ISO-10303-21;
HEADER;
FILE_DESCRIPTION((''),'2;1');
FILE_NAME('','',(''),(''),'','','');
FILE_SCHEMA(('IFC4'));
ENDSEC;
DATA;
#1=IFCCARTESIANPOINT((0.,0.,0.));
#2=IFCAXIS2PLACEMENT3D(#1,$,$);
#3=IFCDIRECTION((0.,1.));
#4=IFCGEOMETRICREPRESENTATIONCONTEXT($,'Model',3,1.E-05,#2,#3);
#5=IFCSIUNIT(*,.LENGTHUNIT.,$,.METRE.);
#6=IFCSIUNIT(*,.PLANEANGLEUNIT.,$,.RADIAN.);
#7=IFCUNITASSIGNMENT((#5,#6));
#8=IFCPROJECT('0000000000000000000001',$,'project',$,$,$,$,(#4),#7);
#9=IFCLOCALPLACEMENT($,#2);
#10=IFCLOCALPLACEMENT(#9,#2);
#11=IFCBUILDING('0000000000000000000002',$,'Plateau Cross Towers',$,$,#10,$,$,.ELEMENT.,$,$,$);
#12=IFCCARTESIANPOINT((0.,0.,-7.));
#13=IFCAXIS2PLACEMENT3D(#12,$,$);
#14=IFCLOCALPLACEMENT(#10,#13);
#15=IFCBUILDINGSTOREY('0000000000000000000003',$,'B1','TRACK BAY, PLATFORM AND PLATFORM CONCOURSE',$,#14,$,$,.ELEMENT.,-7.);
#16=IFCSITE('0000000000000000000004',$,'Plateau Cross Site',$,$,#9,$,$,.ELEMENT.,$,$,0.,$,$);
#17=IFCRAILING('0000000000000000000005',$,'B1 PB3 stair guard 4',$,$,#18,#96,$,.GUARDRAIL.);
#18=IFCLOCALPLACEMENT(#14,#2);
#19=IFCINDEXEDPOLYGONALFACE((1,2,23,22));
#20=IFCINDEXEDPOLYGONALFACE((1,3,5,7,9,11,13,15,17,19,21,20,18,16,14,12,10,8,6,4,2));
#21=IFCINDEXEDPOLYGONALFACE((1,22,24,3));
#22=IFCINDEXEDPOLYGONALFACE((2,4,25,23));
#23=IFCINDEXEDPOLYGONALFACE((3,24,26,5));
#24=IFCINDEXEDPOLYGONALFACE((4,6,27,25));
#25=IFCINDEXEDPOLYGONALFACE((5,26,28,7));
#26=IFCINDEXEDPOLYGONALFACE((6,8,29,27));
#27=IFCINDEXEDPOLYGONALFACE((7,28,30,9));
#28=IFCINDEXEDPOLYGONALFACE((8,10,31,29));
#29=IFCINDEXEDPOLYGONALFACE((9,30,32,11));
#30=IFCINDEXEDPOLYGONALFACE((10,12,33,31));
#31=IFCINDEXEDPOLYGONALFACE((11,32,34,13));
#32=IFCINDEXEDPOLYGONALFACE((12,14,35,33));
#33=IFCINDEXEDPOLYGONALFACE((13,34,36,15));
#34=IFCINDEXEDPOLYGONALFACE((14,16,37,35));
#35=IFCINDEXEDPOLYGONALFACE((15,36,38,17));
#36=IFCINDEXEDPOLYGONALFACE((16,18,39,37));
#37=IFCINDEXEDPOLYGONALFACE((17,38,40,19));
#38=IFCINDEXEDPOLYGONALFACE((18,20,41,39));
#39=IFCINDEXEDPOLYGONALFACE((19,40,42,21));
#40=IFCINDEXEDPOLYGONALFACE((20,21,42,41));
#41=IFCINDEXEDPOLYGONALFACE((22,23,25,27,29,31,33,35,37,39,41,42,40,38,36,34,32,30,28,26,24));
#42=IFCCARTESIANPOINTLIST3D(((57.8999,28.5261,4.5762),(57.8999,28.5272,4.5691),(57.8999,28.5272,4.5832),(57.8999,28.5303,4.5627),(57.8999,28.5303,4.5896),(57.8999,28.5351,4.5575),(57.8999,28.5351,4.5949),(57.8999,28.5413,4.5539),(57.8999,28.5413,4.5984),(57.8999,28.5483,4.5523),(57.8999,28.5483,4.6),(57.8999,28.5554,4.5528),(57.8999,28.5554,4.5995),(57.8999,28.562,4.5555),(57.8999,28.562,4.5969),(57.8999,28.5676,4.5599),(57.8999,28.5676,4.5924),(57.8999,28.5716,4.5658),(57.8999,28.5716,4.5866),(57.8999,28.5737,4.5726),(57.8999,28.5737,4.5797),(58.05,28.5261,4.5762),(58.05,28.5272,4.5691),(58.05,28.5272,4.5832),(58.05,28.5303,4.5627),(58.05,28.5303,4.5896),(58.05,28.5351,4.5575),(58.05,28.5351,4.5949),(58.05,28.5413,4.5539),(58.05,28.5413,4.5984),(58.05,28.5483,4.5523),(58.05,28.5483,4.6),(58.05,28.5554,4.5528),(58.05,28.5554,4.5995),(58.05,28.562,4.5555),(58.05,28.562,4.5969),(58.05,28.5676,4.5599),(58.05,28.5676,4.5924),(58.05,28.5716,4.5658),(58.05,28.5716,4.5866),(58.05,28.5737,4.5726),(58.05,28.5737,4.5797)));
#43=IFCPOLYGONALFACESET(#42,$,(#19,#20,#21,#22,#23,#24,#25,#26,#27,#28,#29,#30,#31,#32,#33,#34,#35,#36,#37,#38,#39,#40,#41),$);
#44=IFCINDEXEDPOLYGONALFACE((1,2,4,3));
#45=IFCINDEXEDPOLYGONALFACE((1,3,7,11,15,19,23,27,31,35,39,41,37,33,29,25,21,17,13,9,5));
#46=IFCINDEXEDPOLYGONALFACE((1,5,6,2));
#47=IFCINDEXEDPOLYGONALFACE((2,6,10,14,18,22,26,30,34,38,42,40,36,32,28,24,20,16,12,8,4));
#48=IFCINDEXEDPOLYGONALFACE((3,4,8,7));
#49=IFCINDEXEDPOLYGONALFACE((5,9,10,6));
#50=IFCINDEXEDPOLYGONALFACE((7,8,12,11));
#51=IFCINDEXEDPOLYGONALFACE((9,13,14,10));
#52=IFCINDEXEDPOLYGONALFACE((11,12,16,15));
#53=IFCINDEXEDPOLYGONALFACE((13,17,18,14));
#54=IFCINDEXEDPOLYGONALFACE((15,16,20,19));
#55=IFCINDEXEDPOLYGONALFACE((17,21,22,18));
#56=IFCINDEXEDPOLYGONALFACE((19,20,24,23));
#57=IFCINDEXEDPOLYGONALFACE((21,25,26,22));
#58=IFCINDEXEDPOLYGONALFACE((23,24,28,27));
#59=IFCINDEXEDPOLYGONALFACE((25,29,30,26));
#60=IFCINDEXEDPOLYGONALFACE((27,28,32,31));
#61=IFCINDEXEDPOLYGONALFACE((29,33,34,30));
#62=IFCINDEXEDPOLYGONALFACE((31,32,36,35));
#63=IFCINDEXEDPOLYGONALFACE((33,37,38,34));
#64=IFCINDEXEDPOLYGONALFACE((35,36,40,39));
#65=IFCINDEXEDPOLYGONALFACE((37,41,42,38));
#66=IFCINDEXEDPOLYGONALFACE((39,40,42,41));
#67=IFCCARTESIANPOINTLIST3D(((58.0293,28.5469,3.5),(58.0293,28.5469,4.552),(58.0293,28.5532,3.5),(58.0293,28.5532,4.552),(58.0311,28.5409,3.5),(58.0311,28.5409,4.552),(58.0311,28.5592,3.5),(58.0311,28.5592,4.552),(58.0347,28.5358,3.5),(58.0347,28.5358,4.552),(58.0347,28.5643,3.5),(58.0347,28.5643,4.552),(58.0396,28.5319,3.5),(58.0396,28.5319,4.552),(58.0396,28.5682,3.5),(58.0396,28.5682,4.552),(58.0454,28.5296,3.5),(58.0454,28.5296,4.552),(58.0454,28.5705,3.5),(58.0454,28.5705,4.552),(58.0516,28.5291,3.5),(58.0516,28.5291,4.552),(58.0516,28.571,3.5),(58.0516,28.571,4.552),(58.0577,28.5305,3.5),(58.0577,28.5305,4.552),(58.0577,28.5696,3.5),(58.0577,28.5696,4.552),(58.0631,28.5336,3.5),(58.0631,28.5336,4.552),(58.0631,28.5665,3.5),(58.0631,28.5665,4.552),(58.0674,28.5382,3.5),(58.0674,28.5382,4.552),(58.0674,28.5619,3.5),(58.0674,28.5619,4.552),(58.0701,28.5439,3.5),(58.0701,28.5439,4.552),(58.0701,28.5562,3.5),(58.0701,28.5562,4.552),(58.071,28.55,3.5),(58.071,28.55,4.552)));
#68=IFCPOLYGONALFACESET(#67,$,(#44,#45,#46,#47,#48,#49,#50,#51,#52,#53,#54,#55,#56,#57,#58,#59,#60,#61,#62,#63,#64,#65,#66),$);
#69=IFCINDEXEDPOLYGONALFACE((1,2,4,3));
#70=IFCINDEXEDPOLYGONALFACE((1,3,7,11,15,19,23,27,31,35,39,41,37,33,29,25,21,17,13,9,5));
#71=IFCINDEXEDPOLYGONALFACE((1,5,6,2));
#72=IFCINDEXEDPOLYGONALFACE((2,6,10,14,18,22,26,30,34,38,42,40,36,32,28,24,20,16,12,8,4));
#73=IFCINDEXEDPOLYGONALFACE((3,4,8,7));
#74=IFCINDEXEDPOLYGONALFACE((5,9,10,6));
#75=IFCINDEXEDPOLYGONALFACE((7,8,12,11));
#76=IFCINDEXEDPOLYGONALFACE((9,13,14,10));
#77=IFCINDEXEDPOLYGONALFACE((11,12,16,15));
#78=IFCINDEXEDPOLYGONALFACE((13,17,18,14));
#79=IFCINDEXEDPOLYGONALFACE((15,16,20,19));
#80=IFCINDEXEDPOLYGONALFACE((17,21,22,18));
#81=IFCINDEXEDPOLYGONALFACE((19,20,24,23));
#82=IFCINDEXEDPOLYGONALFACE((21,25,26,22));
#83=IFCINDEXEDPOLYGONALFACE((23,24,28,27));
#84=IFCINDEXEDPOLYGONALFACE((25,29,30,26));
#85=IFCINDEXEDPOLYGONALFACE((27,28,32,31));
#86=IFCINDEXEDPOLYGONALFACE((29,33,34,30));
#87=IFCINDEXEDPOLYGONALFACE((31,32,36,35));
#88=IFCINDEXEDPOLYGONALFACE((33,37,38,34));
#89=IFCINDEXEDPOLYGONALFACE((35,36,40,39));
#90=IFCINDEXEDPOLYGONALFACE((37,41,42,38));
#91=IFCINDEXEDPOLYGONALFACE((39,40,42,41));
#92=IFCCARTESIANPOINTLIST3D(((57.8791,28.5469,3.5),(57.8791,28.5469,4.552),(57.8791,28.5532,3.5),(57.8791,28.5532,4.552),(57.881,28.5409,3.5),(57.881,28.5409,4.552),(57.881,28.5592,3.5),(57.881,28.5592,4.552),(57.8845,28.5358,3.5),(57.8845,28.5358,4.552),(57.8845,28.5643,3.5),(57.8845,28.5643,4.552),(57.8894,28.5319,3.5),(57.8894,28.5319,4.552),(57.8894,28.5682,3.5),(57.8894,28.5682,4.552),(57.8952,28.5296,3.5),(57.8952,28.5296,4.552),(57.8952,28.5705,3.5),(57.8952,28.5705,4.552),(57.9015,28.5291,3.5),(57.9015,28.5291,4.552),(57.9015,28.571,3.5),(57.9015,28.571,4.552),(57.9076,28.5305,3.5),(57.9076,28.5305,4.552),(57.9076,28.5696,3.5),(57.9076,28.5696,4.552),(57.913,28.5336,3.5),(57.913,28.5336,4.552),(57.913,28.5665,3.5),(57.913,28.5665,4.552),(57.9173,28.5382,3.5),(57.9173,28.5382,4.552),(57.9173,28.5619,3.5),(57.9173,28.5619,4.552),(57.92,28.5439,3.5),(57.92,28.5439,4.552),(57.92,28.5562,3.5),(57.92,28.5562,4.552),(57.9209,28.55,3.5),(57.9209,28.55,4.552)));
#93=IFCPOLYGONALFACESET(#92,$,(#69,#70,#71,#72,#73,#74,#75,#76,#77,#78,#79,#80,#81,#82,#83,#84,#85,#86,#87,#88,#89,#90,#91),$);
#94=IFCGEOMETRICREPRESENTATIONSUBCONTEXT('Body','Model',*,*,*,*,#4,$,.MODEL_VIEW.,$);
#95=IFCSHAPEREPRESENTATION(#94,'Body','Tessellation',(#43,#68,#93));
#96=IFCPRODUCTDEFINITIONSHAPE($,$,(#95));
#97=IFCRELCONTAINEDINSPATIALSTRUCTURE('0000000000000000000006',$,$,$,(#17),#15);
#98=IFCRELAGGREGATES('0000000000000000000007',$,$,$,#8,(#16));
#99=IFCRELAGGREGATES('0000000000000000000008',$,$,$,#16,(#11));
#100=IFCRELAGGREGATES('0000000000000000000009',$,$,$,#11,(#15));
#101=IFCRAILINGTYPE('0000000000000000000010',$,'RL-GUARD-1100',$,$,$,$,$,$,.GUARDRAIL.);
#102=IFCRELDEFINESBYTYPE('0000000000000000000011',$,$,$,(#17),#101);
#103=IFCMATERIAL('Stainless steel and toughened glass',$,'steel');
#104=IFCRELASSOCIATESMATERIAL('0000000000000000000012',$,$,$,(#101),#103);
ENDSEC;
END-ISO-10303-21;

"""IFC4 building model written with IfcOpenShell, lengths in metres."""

from ifc_helpers import new_model, si_unit, direction, frame, origin, origin_2d, place, context, subcontext, project, spatial, circle, extrude, material, type_object, element, save


model = new_model("IFC4")

# Units and contexts
model_context = context("Model", 3, precision=1e-05, world=origin(), true_north=direction((0.0, 1.0)))
body_context = subcontext(model_context, "Body", "Model", "MODEL_VIEW")
ifc_project = project(units=[si_unit("LENGTHUNIT", "METRE"), si_unit("PLANEANGLEUNIT", "RADIAN")], contexts=[model_context])

# Site, building, storey
site_placement = place(None, origin())
site = spatial("IfcSite", under=ifc_project, at=site_placement, Name="Plateau Cross Site", CompositionType="ELEMENT", RefElevation=0.0)
building_placement = place(site_placement, origin())
building = spatial("IfcBuilding", under=site, at=building_placement, Name="Plateau Cross Towers", CompositionType="ELEMENT")
storey_placement = place(building_placement, frame((0.0, 0.0, -7.0)))
storey = spatial("IfcBuildingStorey", under=building, at=storey_placement, Name="B1", Description="TRACK BAY, PLATFORM AND PLATFORM CONCOURSE", CompositionType="ELEMENT", Elevation=-7.0)

# Railing
ifc_material_1 = material(Name="Stainless steel and toughened glass", Category="steel")
railing_type_1 = type_object("IfcRailingType", Name="RL-GUARD-1100", PredefinedType="GUARDRAIL", material=ifc_material_1)
railing_1_placement = place(storey_placement, frame((58.05, 28.55, 3.5)))
element("IfcRailing", 1, at=railing_1_placement, inside=storey, type_object=railing_type_1, Name="B1 PB3 stair guard 4", PredefinedType="GUARDRAIL", context=body_context, shape_type="SweptSolid", body=[
    extrude(circle(Radius=0.0239, at=origin_2d()), frame((0.0, 0.0, 1.0762), z_axis=(-1.0, 0.0, 0.0), x_axis=(0.0, -1.0, 0.0)), (0.0, 0.0, 1.0), 0.1501),
    extrude(circle(Radius=0.021, at=origin_2d()), origin(), (0.0, 0.0, 1.0), 1.052),
    extrude(circle(Radius=0.021, at=origin_2d()), frame((-0.1501, 0.0, 0.0)), (0.0, 0.0, 1.0), 1.052),
])

save(model, "model.ifc")
